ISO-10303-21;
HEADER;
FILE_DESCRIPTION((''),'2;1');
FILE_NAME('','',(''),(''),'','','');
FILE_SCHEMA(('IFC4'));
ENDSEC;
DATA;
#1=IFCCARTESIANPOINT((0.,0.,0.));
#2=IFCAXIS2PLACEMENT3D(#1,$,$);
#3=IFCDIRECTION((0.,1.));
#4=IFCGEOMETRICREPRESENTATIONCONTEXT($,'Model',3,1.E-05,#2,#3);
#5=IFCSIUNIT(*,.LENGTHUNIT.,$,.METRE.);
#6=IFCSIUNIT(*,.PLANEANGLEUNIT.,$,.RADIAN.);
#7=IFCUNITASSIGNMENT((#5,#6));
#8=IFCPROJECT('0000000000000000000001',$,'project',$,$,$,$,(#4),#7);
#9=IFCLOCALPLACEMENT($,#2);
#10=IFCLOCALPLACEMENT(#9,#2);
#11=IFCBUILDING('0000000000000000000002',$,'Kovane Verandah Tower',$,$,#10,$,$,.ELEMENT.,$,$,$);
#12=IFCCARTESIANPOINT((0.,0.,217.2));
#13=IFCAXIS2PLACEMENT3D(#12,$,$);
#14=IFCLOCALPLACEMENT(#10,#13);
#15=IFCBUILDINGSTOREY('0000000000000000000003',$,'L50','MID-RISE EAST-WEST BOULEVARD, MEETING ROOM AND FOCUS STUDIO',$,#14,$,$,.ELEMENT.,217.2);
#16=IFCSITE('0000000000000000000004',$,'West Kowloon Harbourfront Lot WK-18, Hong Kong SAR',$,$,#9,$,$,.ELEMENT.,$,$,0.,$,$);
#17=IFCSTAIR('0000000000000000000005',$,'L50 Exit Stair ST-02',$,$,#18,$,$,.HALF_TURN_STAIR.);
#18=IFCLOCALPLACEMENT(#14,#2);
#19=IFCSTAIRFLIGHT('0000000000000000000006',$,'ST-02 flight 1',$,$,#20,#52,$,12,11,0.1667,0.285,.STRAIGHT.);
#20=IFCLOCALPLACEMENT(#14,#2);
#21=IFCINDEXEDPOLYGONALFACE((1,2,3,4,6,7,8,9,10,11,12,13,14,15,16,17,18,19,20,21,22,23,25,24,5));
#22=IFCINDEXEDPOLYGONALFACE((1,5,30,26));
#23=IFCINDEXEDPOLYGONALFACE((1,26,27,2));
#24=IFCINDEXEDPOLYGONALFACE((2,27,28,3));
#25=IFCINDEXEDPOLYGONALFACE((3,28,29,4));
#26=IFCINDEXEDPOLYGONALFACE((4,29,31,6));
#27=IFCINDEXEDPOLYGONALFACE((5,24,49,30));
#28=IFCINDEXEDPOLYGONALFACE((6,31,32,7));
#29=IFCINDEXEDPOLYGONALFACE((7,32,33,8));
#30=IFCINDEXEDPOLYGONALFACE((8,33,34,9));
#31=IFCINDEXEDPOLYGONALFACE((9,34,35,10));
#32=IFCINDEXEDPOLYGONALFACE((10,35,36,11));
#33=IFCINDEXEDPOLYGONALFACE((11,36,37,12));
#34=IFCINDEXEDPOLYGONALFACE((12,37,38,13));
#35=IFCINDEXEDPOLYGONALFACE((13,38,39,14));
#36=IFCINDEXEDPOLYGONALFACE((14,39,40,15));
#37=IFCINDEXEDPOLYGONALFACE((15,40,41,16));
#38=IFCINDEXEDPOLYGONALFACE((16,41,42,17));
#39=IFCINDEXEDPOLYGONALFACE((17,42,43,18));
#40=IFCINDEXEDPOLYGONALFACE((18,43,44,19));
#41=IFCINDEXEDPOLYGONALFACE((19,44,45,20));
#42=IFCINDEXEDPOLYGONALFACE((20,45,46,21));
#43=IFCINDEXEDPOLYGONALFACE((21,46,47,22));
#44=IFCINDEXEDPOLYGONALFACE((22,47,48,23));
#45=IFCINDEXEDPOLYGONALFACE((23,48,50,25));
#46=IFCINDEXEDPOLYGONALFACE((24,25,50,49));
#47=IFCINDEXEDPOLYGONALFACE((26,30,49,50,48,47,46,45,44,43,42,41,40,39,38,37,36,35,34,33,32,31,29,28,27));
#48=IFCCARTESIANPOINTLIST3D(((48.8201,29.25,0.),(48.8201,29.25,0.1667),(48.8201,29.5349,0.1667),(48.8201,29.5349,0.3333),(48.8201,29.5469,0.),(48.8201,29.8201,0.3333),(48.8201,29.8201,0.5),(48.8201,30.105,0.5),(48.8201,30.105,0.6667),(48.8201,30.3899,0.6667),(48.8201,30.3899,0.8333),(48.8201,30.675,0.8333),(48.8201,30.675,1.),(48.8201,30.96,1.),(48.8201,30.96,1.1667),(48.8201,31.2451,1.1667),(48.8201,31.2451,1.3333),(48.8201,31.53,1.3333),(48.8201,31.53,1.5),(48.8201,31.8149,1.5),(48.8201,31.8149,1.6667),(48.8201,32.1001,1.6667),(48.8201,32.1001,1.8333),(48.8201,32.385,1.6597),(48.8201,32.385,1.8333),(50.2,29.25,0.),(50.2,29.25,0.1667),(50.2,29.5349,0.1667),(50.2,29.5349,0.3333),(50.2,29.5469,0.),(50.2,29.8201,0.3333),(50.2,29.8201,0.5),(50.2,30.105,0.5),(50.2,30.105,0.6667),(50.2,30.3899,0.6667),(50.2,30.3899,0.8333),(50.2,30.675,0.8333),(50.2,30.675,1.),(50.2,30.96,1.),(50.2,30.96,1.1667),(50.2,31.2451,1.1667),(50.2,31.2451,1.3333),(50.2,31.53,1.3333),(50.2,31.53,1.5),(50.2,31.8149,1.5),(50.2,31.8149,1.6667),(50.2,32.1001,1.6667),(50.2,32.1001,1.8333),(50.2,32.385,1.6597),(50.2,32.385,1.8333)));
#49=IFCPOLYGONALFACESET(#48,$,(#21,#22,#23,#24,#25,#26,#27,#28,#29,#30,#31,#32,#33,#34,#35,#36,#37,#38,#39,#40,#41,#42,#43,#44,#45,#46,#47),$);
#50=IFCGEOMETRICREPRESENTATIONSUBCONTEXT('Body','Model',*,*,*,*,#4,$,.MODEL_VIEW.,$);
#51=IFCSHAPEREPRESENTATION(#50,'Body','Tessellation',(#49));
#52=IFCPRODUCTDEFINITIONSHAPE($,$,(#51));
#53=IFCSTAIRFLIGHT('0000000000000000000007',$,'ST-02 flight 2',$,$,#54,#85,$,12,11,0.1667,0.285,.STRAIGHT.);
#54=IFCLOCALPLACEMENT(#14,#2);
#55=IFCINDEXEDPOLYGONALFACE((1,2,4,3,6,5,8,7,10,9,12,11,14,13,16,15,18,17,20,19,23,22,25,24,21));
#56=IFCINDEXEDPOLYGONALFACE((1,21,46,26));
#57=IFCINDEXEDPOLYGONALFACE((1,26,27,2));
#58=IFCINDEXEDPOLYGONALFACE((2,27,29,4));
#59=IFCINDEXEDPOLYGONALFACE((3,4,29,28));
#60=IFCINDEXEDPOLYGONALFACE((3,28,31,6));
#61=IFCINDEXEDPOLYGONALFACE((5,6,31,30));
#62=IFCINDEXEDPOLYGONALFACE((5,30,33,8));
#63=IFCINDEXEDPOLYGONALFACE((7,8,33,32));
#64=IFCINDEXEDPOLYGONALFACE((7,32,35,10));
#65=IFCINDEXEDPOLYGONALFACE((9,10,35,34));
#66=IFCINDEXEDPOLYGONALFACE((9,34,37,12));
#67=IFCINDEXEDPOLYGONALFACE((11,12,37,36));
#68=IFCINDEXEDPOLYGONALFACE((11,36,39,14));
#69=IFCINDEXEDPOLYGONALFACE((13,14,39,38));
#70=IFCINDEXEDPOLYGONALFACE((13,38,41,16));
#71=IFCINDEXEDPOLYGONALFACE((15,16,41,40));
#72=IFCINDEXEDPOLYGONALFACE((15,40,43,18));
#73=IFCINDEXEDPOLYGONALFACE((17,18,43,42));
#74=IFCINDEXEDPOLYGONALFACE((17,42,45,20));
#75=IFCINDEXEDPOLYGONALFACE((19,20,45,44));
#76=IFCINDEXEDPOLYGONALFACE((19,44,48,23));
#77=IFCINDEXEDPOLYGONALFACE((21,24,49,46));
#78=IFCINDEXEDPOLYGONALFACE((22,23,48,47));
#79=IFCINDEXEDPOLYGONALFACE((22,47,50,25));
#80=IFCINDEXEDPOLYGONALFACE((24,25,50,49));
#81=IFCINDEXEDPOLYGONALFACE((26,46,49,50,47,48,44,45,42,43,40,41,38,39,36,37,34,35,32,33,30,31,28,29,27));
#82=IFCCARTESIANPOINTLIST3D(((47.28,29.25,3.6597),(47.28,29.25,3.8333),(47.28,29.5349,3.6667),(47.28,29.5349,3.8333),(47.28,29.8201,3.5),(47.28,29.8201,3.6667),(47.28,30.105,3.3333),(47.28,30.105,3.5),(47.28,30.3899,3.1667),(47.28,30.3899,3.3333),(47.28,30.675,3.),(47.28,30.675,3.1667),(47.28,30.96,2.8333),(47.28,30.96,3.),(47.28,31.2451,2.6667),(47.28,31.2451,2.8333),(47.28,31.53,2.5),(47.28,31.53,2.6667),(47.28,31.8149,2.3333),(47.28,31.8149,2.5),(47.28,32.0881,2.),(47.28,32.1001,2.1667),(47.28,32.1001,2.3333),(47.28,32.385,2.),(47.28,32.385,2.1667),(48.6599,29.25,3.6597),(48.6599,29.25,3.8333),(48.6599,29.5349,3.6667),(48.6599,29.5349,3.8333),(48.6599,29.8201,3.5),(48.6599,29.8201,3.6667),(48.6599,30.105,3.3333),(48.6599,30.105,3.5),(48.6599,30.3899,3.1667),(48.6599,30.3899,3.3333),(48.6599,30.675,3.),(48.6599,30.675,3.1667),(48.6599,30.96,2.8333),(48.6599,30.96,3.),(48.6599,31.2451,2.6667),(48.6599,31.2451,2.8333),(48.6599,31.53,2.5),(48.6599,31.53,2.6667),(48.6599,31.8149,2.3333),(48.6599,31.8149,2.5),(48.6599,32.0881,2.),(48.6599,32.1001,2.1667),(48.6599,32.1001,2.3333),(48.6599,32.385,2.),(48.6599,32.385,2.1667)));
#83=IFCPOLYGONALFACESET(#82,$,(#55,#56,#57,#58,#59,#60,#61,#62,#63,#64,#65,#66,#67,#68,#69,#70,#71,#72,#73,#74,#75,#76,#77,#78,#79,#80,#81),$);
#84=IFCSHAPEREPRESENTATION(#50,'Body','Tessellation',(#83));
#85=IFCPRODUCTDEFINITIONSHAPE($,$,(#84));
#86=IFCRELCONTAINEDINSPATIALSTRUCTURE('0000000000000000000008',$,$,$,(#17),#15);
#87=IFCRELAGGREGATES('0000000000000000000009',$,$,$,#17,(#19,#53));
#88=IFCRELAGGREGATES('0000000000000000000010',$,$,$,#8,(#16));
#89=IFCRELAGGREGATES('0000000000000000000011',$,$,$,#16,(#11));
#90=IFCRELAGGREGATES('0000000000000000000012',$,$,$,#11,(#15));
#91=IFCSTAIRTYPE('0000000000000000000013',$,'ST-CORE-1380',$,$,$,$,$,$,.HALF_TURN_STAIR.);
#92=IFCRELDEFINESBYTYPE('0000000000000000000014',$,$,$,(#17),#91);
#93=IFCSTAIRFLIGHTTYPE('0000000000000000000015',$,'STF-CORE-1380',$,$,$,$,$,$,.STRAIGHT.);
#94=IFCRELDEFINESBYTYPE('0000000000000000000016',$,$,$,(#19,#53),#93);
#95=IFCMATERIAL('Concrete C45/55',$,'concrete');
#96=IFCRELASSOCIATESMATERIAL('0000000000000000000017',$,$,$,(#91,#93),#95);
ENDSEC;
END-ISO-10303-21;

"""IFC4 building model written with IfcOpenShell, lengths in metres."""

from ifc_helpers import new_model, si_unit, direction, frame, origin, place, context, subcontext, project, spatial, polyline, outline, extrude, material, type_object, element, aggregate, save


model = new_model("IFC4")

# Units and contexts
model_context = context("Model", 3, precision=1e-05, world=origin(), true_north=direction((0.0, 1.0)))
body_context = subcontext(model_context, "Body", "Model", "MODEL_VIEW")
ifc_project = project(units=[si_unit("LENGTHUNIT", "METRE"), si_unit("PLANEANGLEUNIT", "RADIAN")], contexts=[model_context])

# Site, building, storey
site_placement = place(None, origin())
site = spatial("IfcSite", under=ifc_project, at=site_placement, Name="West Kowloon Harbourfront Lot WK-18, Hong Kong SAR", CompositionType="ELEMENT", RefElevation=0.0)
building_placement = place(site_placement, origin())
building = spatial("IfcBuilding", under=site, at=building_placement, Name="Kovane Verandah Tower", CompositionType="ELEMENT")
storey_placement = place(building_placement, frame((0.0, 0.0, 217.2)))
storey = spatial("IfcBuildingStorey", under=building, at=storey_placement, Name="L50", Description="MID-RISE EAST-WEST BOULEVARD, MEETING ROOM AND FOCUS STUDIO", CompositionType="ELEMENT", Elevation=217.2)

# Shared definitions
ifc_material_1 = material(Name="Concrete C45/55", Category="concrete")

# Stair, stair flights
stair_type = type_object("IfcStairType", Name="ST-CORE-1380", PredefinedType="HALF_TURN_STAIR", material=ifc_material_1)
stair_placement = place(storey_placement, origin())
stair = element("IfcStair", 1, at=stair_placement, inside=storey, type_object=stair_type, Name="L50 Exit Stair ST-02", PredefinedType="HALF_TURN_STAIR")
stair_flight_type = type_object("IfcStairFlightType", Name="STF-CORE-1380", PredefinedType="STRAIGHT", material=ifc_material_1)
stair_flight_1_placement = place(storey_placement, frame((49.51, 29.25, 0.0), z_axis=(0.0, 0.0, 1.0), x_axis=(0.0, 1.0, 0.0)))
stair_flight_1 = element("IfcStairFlight", 2, at=stair_flight_1_placement, type_object=stair_flight_type, Name="ST-02 flight 1", NumberOfRisers=12, NumberOfTreads=11, PredefinedType="STRAIGHT", RiserHeight=0.1667, TreadLength=0.285, context=body_context, shape_type="SweptSolid", body=[
    extrude(outline(polyline([(0.0, 0.0), (0.0, 0.1667), (0.2849, 0.1667), (0.2849, 0.3333), (0.5701, 0.3333), (0.5701, 0.5), (0.855, 0.5), (0.855, 0.6667), (1.1399, 0.6667), (1.1399, 0.8333), (1.425, 0.8333), (1.425, 1.0), (1.71, 1.0), (1.71, 1.1667), (1.9951, 1.1667), (1.9951, 1.3333), (2.28, 1.3333), (2.28, 1.5), (2.5649, 1.5), (2.5649, 1.6667), (2.8501, 1.6667), (2.8501, 1.8333), (3.135, 1.8333), (3.135, 2.0), (3.135, 1.6597), (0.2969, 0.0), (0.0, 0.0)])), frame((0.0, 0.6899, 0.0), z_axis=(0.0, -1.0, 0.0), x_axis=(1.0, 0.0, 0.0)), (0.0, 0.0, 1.0), 1.3799),
])
stair_flight_2_placement = place(storey_placement, frame((47.97, 32.385, 2.0), z_axis=(0.0, 0.0, 1.0), x_axis=(0.0, -1.0, 0.0)))
stair_flight_2 = element("IfcStairFlight", 3, at=stair_flight_2_placement, type_object=stair_flight_type, Name="ST-02 flight 2", NumberOfRisers=12, NumberOfTreads=11, PredefinedType="STRAIGHT", RiserHeight=0.1667, TreadLength=0.285, context=body_context, shape_type="SweptSolid", body=[
    extrude(outline(polyline([(0.0, 0.0), (0.0, 0.1667), (0.2849, 0.1667), (0.2849, 0.3333), (0.5701, 0.3333), (0.5701, 0.5), (0.855, 0.5), (0.855, 0.6667), (1.1399, 0.6667), (1.1399, 0.8333), (1.425, 0.8333), (1.425, 1.0), (1.71, 1.0), (1.71, 1.1667), (1.9951, 1.1667), (1.9951, 1.3333), (2.28, 1.3333), (2.28, 1.5), (2.5649, 1.5), (2.5649, 1.6667), (2.8501, 1.6667), (2.8501, 1.8333), (3.135, 1.8333), (3.135, 2.0), (3.135, 1.6597), (0.2969, 0.0), (0.0, 0.0)])), frame((0.0, 0.6899, 0.0), z_axis=(0.0, -1.0, 0.0), x_axis=(1.0, 0.0, 0.0)), (0.0, 0.0, 1.0), 1.3799),
])
aggregate(stair, [stair_flight_1, stair_flight_2])

save(model, "model.ifc")
